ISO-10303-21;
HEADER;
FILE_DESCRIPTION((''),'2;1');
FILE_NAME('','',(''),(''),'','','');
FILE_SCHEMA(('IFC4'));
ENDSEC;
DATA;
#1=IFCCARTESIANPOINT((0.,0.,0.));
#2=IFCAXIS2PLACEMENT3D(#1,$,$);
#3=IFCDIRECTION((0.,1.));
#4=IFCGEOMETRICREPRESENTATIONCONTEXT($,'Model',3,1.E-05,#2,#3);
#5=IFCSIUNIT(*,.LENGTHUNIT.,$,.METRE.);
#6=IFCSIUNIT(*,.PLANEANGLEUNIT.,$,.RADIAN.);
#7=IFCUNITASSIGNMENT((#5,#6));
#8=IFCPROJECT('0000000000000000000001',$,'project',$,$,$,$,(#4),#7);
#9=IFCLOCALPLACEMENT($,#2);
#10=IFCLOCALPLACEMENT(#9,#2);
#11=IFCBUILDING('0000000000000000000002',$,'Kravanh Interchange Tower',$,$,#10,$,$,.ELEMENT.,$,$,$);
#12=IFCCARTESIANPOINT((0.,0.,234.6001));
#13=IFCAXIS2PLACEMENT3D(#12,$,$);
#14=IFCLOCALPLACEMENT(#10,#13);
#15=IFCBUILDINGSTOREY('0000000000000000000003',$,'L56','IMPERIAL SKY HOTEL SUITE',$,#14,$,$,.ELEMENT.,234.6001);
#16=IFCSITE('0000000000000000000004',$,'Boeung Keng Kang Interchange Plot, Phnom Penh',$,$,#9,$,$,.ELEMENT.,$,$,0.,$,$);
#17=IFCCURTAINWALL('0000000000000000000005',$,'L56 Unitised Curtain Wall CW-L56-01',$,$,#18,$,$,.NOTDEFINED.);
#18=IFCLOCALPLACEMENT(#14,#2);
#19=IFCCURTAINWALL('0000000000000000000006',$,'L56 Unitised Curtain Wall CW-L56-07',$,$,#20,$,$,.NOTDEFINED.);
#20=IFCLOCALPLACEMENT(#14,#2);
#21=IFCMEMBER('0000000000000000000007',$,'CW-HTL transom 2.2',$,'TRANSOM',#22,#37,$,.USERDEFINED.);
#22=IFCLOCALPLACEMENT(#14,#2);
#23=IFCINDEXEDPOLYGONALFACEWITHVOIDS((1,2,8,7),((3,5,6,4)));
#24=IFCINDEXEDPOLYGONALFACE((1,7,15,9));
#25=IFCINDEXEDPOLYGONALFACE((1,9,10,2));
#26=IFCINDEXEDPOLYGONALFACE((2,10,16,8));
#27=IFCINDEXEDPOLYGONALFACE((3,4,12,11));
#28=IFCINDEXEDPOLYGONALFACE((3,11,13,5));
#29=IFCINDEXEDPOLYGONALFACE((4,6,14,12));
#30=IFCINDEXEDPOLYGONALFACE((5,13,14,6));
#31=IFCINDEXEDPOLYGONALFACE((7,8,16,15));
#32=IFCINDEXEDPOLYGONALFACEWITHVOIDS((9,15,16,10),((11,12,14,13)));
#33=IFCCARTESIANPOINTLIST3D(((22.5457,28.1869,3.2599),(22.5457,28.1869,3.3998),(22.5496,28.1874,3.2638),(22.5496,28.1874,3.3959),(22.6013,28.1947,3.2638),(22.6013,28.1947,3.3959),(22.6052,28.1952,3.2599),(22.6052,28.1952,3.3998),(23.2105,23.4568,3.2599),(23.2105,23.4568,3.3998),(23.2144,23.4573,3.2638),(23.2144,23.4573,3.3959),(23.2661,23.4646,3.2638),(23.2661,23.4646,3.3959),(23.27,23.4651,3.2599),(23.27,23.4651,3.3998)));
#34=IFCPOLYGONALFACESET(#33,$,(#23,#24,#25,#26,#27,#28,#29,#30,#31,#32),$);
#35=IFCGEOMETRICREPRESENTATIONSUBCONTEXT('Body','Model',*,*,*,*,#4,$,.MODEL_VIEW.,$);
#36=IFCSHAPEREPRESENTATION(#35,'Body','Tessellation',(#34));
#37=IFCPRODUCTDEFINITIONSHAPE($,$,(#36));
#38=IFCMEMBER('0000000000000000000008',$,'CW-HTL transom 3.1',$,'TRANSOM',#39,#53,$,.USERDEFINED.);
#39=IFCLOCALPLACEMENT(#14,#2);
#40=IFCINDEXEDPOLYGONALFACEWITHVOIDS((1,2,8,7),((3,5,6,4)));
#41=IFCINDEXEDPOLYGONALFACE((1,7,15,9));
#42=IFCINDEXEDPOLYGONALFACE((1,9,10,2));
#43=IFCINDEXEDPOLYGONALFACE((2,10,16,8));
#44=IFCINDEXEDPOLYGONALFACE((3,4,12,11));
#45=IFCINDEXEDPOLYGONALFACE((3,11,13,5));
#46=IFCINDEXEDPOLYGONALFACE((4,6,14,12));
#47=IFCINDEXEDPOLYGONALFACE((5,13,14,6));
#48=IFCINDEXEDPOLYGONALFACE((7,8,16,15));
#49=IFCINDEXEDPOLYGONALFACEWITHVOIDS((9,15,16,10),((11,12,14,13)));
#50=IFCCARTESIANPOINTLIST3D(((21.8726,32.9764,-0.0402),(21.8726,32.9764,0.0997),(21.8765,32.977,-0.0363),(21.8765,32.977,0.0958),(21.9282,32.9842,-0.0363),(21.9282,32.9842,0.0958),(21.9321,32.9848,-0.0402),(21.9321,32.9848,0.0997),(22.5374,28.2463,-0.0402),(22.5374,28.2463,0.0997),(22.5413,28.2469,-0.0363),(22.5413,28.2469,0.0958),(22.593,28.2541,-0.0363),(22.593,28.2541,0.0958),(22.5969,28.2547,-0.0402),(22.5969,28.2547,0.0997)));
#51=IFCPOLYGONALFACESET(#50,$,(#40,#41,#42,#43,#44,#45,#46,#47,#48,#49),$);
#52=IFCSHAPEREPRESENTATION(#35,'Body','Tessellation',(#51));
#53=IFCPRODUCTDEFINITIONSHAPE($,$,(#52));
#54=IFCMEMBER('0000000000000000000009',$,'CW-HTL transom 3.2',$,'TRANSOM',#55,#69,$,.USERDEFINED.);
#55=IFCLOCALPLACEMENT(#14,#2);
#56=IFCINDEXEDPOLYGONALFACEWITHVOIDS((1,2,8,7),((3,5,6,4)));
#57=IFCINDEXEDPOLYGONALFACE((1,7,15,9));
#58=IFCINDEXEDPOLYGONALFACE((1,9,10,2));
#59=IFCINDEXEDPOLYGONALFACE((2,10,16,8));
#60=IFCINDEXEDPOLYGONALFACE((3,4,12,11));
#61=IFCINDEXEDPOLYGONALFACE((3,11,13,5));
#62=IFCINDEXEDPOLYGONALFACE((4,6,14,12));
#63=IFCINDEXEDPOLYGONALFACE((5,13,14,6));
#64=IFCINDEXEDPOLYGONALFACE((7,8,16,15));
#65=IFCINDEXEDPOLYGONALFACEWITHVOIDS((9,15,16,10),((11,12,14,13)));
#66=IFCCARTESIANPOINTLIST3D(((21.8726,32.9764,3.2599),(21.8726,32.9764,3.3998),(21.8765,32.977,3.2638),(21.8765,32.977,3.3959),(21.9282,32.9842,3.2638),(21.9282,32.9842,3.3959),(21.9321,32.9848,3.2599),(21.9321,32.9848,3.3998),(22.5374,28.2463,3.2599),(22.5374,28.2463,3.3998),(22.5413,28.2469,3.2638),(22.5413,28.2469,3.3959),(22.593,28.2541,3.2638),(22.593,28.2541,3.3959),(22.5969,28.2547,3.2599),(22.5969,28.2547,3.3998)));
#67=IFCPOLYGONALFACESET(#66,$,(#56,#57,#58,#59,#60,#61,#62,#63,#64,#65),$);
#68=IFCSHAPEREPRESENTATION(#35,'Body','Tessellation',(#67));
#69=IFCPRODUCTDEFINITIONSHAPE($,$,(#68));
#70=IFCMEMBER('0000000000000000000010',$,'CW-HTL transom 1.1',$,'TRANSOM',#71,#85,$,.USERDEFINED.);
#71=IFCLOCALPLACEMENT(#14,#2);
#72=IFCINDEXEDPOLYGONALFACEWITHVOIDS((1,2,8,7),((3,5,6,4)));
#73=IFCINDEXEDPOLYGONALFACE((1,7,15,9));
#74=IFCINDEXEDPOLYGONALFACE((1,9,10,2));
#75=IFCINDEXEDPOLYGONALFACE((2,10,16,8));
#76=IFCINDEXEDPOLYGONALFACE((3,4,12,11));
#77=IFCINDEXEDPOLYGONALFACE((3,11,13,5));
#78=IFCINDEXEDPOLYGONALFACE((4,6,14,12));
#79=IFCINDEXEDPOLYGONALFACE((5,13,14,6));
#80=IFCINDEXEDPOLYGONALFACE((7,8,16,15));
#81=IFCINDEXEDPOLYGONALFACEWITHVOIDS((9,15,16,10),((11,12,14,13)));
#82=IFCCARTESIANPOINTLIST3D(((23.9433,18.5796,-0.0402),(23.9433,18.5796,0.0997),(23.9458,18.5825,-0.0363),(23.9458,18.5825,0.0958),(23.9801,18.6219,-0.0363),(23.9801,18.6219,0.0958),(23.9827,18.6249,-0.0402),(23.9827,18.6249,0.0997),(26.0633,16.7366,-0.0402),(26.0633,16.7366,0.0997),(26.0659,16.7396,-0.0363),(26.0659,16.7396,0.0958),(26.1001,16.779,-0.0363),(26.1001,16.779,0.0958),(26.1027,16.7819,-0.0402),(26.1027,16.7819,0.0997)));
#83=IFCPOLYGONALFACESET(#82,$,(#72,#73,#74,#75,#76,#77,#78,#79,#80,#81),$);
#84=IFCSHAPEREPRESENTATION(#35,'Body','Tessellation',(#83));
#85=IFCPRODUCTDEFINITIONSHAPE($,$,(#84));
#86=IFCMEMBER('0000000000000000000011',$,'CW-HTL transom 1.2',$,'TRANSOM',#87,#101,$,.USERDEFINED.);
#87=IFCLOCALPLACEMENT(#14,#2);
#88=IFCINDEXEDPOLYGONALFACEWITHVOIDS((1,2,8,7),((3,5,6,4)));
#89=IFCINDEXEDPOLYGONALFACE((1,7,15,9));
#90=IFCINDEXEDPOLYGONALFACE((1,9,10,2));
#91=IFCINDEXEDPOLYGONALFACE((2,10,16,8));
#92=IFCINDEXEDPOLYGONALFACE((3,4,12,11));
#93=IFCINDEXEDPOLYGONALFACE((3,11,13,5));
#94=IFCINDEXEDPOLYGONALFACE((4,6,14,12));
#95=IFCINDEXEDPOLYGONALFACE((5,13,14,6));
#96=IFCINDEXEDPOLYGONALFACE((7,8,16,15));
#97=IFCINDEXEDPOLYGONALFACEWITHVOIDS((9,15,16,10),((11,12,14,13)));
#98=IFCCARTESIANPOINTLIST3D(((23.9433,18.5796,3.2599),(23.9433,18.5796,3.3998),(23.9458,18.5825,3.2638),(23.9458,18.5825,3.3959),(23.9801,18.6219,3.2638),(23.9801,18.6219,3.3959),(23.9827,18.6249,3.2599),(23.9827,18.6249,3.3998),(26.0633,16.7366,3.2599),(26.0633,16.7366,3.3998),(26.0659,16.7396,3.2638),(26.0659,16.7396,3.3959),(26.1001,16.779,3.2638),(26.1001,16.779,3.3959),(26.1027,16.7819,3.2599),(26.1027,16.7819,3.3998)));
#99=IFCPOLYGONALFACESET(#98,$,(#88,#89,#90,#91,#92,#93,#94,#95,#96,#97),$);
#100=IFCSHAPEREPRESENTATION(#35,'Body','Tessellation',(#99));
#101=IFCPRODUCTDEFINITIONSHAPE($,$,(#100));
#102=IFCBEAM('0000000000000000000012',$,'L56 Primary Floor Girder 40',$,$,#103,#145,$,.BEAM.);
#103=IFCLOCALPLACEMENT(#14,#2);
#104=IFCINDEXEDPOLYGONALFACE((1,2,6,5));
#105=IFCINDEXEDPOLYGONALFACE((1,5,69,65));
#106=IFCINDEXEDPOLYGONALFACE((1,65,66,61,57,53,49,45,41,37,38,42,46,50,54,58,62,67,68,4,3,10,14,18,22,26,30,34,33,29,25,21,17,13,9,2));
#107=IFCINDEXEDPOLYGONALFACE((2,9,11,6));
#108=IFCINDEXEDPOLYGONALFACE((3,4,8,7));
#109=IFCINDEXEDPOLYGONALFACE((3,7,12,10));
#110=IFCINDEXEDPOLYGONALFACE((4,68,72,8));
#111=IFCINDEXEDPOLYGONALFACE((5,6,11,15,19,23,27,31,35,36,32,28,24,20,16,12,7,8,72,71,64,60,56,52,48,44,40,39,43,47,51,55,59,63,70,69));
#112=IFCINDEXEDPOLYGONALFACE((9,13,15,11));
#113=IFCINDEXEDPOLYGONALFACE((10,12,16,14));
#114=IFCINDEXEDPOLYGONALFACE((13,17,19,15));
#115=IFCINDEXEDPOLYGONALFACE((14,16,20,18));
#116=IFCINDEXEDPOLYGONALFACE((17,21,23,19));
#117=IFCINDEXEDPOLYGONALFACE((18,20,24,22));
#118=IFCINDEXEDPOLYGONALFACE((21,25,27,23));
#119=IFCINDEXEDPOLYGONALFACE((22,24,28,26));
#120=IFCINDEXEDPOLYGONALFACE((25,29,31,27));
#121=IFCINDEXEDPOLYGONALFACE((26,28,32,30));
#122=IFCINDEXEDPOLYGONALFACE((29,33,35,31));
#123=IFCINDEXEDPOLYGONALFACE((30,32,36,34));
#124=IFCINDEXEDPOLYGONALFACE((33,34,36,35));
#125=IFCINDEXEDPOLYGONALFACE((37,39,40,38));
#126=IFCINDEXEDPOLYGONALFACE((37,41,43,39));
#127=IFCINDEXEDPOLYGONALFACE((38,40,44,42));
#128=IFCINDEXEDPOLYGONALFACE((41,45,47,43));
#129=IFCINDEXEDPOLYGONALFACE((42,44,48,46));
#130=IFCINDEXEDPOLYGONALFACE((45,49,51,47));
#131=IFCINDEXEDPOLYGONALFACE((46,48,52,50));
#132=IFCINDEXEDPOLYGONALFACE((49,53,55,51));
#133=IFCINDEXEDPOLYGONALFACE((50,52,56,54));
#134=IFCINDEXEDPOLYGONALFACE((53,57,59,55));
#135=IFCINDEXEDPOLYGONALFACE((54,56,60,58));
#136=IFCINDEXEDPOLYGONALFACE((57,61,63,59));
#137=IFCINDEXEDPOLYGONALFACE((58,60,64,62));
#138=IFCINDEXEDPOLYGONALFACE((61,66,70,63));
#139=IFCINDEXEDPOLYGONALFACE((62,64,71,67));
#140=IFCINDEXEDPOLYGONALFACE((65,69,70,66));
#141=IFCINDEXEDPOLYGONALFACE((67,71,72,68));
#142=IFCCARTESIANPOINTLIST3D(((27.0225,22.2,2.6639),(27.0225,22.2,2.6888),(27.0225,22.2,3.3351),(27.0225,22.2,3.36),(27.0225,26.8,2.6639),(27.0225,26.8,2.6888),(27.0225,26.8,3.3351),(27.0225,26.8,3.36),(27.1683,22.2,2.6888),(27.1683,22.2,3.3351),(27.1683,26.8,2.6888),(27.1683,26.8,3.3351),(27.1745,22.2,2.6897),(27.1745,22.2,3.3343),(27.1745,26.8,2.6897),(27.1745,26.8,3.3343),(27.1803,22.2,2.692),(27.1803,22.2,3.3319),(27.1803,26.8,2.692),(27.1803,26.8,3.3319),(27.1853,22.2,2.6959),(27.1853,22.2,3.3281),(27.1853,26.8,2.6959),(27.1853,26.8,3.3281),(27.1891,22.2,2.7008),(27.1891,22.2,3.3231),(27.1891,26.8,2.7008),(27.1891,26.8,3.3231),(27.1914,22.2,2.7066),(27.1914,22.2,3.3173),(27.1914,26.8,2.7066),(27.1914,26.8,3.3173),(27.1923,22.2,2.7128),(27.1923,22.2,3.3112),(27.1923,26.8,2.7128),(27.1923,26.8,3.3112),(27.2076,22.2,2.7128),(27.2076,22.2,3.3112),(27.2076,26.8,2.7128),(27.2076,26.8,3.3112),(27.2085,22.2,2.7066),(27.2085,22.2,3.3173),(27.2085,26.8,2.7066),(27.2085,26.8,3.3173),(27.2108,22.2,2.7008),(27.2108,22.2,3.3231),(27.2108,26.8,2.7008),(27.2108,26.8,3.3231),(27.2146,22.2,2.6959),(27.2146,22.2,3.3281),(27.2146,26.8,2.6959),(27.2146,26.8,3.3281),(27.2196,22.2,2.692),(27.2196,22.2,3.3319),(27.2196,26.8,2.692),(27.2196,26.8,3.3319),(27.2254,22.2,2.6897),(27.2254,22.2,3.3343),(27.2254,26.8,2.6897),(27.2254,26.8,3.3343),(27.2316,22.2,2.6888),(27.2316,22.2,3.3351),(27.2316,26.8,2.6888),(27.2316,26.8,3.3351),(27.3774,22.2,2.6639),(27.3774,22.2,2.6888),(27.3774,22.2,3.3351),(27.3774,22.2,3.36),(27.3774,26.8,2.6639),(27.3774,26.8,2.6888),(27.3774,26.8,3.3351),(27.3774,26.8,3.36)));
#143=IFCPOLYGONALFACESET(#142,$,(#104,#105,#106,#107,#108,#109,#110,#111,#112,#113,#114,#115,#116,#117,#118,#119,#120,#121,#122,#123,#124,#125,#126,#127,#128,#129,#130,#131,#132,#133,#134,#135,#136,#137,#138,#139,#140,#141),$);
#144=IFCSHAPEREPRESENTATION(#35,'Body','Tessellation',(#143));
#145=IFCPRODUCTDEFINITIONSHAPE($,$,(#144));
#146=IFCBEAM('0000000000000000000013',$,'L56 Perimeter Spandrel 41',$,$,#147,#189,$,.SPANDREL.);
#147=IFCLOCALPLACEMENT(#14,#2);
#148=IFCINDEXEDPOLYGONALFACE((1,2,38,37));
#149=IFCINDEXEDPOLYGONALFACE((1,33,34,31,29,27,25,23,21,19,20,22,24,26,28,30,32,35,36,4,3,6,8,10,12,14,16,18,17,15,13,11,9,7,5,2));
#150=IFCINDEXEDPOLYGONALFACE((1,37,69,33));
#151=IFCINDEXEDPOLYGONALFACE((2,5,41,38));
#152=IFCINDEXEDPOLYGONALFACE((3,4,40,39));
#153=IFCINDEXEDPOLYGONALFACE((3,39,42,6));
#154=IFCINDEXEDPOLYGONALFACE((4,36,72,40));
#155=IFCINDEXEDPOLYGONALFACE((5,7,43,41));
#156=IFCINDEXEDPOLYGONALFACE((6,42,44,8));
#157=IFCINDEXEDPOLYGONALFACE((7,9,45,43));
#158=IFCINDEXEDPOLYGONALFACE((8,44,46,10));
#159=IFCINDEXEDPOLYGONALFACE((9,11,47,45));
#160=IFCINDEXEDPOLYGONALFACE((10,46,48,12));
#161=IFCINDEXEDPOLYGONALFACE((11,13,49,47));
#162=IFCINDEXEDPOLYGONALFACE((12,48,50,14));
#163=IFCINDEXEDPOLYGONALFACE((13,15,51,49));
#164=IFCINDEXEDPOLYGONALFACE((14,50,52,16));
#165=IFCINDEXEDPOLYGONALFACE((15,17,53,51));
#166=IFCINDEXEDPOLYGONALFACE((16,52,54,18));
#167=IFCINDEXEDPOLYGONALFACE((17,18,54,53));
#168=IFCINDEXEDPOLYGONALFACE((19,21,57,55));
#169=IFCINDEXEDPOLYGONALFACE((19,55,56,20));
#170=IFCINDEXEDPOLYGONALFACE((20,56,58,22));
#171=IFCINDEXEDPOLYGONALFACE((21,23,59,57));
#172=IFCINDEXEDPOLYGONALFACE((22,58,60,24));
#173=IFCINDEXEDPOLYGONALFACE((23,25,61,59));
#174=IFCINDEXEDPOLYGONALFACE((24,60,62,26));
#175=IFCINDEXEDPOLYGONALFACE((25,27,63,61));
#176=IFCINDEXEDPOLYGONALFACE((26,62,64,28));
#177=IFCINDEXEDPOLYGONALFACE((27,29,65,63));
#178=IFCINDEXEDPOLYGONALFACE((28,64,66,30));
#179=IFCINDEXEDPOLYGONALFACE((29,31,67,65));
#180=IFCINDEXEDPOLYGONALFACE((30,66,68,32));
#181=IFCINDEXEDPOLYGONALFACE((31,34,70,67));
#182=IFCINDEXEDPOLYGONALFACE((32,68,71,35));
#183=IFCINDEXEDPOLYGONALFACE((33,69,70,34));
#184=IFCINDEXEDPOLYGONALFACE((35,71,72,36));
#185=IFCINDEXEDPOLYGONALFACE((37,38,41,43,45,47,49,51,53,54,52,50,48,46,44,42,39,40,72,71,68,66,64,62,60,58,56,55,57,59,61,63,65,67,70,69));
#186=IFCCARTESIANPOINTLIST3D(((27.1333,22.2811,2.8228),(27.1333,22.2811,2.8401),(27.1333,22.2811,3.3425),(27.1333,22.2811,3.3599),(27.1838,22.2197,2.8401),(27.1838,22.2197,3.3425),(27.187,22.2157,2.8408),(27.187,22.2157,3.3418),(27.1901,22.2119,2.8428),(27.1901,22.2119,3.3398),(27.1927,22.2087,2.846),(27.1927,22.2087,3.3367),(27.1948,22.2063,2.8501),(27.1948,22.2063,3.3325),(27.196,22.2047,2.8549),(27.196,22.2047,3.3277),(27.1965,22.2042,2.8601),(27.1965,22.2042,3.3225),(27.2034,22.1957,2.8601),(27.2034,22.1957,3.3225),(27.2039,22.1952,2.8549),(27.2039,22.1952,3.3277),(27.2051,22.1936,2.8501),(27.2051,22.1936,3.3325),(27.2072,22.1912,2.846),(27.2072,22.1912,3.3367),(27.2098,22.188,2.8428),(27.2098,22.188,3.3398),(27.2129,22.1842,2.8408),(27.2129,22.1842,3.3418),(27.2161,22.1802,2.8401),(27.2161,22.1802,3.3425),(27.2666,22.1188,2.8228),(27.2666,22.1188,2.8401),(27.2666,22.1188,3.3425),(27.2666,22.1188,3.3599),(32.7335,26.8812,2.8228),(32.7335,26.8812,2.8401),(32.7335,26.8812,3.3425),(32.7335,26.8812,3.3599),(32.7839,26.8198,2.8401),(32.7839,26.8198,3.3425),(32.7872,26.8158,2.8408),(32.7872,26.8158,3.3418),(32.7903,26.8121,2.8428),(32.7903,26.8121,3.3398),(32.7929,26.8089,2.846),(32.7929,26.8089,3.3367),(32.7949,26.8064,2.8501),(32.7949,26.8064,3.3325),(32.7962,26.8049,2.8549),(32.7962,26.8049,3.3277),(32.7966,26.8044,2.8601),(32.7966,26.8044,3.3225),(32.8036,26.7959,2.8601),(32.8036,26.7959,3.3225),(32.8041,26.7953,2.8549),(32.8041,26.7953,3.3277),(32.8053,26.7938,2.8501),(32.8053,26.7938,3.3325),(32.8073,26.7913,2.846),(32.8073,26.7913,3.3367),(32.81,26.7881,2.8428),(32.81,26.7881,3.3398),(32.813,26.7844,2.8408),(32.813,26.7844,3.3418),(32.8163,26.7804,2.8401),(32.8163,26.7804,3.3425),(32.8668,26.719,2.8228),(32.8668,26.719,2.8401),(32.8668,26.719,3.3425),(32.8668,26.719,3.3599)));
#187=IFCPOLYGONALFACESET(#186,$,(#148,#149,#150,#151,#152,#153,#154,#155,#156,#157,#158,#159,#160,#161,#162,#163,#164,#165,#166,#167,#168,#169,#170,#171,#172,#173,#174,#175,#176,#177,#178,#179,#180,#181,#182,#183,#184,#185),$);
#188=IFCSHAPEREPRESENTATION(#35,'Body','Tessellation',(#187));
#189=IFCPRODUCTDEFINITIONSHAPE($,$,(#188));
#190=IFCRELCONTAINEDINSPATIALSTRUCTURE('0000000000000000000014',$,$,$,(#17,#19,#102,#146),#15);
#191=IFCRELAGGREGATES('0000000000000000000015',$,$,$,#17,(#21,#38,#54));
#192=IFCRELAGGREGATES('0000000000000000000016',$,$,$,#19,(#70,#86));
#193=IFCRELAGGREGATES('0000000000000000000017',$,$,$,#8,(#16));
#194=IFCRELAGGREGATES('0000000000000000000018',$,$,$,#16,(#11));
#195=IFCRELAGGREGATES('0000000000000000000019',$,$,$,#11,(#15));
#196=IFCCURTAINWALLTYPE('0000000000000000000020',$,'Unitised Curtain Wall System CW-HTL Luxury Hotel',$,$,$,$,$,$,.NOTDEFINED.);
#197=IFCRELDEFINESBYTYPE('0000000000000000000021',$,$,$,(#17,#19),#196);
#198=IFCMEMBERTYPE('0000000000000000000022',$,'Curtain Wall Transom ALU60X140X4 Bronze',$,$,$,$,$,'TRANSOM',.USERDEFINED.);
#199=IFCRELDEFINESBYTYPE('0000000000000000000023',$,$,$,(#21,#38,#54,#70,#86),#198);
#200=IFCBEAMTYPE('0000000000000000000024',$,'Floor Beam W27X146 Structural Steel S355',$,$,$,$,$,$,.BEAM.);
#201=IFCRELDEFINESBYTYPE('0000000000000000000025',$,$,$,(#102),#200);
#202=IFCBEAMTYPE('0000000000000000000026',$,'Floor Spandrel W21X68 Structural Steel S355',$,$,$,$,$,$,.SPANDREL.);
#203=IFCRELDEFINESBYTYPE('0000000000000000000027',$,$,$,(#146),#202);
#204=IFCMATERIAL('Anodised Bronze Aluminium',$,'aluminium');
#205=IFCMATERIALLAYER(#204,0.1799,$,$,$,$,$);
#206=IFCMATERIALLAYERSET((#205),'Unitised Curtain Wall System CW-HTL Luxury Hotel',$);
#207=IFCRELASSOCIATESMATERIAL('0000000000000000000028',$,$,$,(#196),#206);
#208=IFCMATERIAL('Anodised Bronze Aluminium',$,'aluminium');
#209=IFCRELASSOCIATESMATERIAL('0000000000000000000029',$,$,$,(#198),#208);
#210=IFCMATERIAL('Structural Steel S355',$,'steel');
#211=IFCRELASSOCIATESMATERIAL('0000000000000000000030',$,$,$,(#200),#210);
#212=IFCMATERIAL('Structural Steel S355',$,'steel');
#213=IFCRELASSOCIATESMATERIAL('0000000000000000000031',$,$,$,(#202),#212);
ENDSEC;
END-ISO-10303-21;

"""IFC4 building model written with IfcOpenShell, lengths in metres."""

from ifc_helpers import new_model, si_unit, direction, frame, origin, origin_2d, place, context, subcontext, project, spatial, hollow_rectangle, i_section, extrude, material, layer, layer_set, material_profile, profile_set, type_object, element, aggregate, save


model = new_model("IFC4")

# Units and contexts
model_context = context("Model", 3, precision=1e-05, world=origin(), true_north=direction((0.0, 1.0)))
body_context = subcontext(model_context, "Body", "Model", "MODEL_VIEW")
ifc_project = project(units=[si_unit("LENGTHUNIT", "METRE"), si_unit("PLANEANGLEUNIT", "RADIAN")], contexts=[model_context])

# Site, building, storey
site_placement = place(None, origin())
site = spatial("IfcSite", under=ifc_project, at=site_placement, Name="Boeung Keng Kang Interchange Plot, Phnom Penh", CompositionType="ELEMENT", RefElevation=0.0)
building_placement = place(site_placement, origin())
building = spatial("IfcBuilding", under=site, at=building_placement, Name="Kravanh Interchange Tower", CompositionType="ELEMENT")
storey_placement = place(building_placement, frame((0.0, 0.0, 234.6001)))
storey = spatial("IfcBuildingStorey", under=building, at=storey_placement, Name="L56", Description="IMPERIAL SKY HOTEL SUITE", CompositionType="ELEMENT", Elevation=234.6001)

# Curtain wall
ifc_material_1 = material(Name="Anodised Bronze Aluminium", Category="aluminium")
ifc_layer_1 = layer(ifc_material_1, 0.1799)
ifc_layer_set_1 = layer_set([ifc_layer_1], Name="Unitised Curtain Wall System CW-HTL Luxury Hotel")
curtain_wall_type = type_object("IfcCurtainWallType", Name="Unitised Curtain Wall System CW-HTL Luxury Hotel", PredefinedType="NOTDEFINED", material=ifc_layer_set_1)
curtain_wall_1_placement = place(storey_placement, origin())
curtain_wall_1 = element("IfcCurtainWall", 1, at=curtain_wall_1_placement, inside=storey, type_object=curtain_wall_type, Name="L56 Unitised Curtain Wall CW-L56-01", PredefinedType="NOTDEFINED")

# Curtain wall
curtain_wall_2_placement = place(storey_placement, origin())
curtain_wall_2 = element("IfcCurtainWall", 2, at=curtain_wall_2_placement, inside=storey, type_object=curtain_wall_type, Name="L56 Unitised Curtain Wall CW-L56-07", PredefinedType="NOTDEFINED")

# Members
ifc_material_2 = material(Name="Anodised Bronze Aluminium", Category="aluminium")
ifc_material_profile_1 = material_profile(ifc_material_2, hollow_rectangle(XDim=0.0601, YDim=0.1399, WallThickness=0.0039, at=origin_2d()), Name="ALU60X140X4")
ifc_profile_set_1 = profile_set([ifc_material_profile_1], Name="Anodised Bronze Aluminium")
member_type_1 = type_object("IfcMemberType", Name="Curtain Wall Transom ALU60X140X4 Bronze", ElementType="TRANSOM", PredefinedType="USERDEFINED", material=ifc_profile_set_1)
member_1_placement = place(storey_placement, frame((23.2402, 23.4609, 3.3298), z_axis=(-0.139174, 0.990268, 0.0), x_axis=(-0.990268, -0.139174, 0.0)))
member_1 = element("IfcMember", 3, at=member_1_placement, type_object=member_type_1, Name="CW-HTL transom 2.2", ObjectType="TRANSOM", PredefinedType="USERDEFINED", context=body_context, shape_type="SweptSolid", body=[
    extrude(hollow_rectangle(XDim=0.0601, YDim=0.1399, WallThickness=0.0039, at=origin_2d()), origin(), (0.0, 0.0, 1.0), 4.7766),
])
member_2_placement = place(storey_placement, frame((22.5671, 28.2505, 0.0298), z_axis=(-0.139174, 0.990268, 0.0), x_axis=(-0.990268, -0.139174, 0.0)))
member_2 = element("IfcMember", 4, at=member_2_placement, type_object=member_type_1, Name="CW-HTL transom 3.1", ObjectType="TRANSOM", PredefinedType="USERDEFINED", context=body_context, shape_type="SweptSolid", body=[
    extrude(hollow_rectangle(XDim=0.0601, YDim=0.1399, WallThickness=0.0039, at=origin_2d()), origin(), (0.0, 0.0, 1.0), 4.7766),
])
member_3_placement = place(storey_placement, frame((22.5671, 28.2505, 3.3298), z_axis=(-0.139174, 0.990268, 0.0), x_axis=(-0.990268, -0.139174, 0.0)))
member_3 = element("IfcMember", 5, at=member_3_placement, type_object=member_type_1, Name="CW-HTL transom 3.2", ObjectType="TRANSOM", PredefinedType="USERDEFINED", context=body_context, shape_type="SweptSolid", body=[
    extrude(hollow_rectangle(XDim=0.0601, YDim=0.1399, WallThickness=0.0039, at=origin_2d()), origin(), (0.0, 0.0, 1.0), 4.7766),
])
member_4_placement = place(storey_placement, frame((26.083, 16.7593, 0.0298), z_axis=(-0.754705, 0.656065, 0.0), x_axis=(-0.656065, -0.754705, 0.0)))
member_4 = element("IfcMember", 6, at=member_4_placement, type_object=member_type_1, Name="CW-HTL transom 1.1", ObjectType="TRANSOM", PredefinedType="USERDEFINED", context=body_context, shape_type="SweptSolid", body=[
    extrude(hollow_rectangle(XDim=0.0601, YDim=0.1399, WallThickness=0.0039, at=origin_2d()), origin(), (0.0, 0.0, 1.0), 2.8091),
])
member_5_placement = place(storey_placement, frame((26.083, 16.7593, 3.3298), z_axis=(-0.754705, 0.656065, 0.0), x_axis=(-0.656065, -0.754705, 0.0)))
member_5 = element("IfcMember", 7, at=member_5_placement, type_object=member_type_1, Name="CW-HTL transom 1.2", ObjectType="TRANSOM", PredefinedType="USERDEFINED", context=body_context, shape_type="SweptSolid", body=[
    extrude(hollow_rectangle(XDim=0.0601, YDim=0.1399, WallThickness=0.0039, at=origin_2d()), origin(), (0.0, 0.0, 1.0), 2.8091),
])

# Beams
ifc_material_3 = material(Name="Structural Steel S355", Category="steel")
ifc_material_profile_2 = material_profile(ifc_material_3, i_section(OverallWidth=0.355, OverallDepth=0.696, WebThickness=0.0154, FlangeThickness=0.0249, FilletRadius=0.0239, at=origin_2d()), Name="W27X146")
ifc_profile_set_2 = profile_set([ifc_material_profile_2], Name="Structural Steel S355")
beam_type_1 = type_object("IfcBeamType", Name="Floor Beam W27X146 Structural Steel S355", PredefinedType="BEAM", material=ifc_profile_set_2)
beam_1_placement = place(storey_placement, frame((27.2, 22.2, 3.012), z_axis=(0.0, 1.0, 0.0), x_axis=(-1.0, 0.0, 0.0)))
element("IfcBeam", 8, at=beam_1_placement, inside=storey, type_object=beam_type_1, Name="L56 Primary Floor Girder 40", PredefinedType="BEAM", context=body_context, shape_type="SweptSolid", body=[
    extrude(i_section(OverallWidth=0.355, OverallDepth=0.696, WebThickness=0.0154, FlangeThickness=0.0249, FilletRadius=0.0239, at=origin_2d()), origin(), (0.0, 0.0, 1.0), 4.6001),
])
ifc_material_4 = material(Name="Structural Steel S355", Category="steel")
ifc_material_profile_3 = material_profile(ifc_material_4, i_section(OverallWidth=0.21, OverallDepth=0.5371, WebThickness=0.011, FlangeThickness=0.0173, FilletRadius=0.02, at=origin_2d()), Name="W21X68")
ifc_profile_set_3 = profile_set([ifc_material_profile_3], Name="Structural Steel S355")
beam_type_2 = type_object("IfcBeamType", Name="Floor Spandrel W21X68 Structural Steel S355", PredefinedType="SPANDREL", material=ifc_profile_set_3)
beam_2_placement = place(storey_placement, frame((27.2, 22.2, 3.0913), z_axis=(0.772725, 0.634741, 0.0), x_axis=(-0.634741, 0.772725, 0.0)))
element("IfcBeam", 9, at=beam_2_placement, inside=storey, type_object=beam_type_2, Name="L56 Perimeter Spandrel 41", PredefinedType="SPANDREL", context=body_context, shape_type="SweptSolid", body=[
    extrude(i_section(OverallWidth=0.21, OverallDepth=0.5371, WebThickness=0.011, FlangeThickness=0.0173, FilletRadius=0.02, at=origin_2d()), origin(), (0.0, 0.0, 1.0), 7.2473),
])

aggregate(curtain_wall_1, [member_1, member_2, member_3])
aggregate(curtain_wall_2, [member_4, member_5])

save(model, "model.ifc")
